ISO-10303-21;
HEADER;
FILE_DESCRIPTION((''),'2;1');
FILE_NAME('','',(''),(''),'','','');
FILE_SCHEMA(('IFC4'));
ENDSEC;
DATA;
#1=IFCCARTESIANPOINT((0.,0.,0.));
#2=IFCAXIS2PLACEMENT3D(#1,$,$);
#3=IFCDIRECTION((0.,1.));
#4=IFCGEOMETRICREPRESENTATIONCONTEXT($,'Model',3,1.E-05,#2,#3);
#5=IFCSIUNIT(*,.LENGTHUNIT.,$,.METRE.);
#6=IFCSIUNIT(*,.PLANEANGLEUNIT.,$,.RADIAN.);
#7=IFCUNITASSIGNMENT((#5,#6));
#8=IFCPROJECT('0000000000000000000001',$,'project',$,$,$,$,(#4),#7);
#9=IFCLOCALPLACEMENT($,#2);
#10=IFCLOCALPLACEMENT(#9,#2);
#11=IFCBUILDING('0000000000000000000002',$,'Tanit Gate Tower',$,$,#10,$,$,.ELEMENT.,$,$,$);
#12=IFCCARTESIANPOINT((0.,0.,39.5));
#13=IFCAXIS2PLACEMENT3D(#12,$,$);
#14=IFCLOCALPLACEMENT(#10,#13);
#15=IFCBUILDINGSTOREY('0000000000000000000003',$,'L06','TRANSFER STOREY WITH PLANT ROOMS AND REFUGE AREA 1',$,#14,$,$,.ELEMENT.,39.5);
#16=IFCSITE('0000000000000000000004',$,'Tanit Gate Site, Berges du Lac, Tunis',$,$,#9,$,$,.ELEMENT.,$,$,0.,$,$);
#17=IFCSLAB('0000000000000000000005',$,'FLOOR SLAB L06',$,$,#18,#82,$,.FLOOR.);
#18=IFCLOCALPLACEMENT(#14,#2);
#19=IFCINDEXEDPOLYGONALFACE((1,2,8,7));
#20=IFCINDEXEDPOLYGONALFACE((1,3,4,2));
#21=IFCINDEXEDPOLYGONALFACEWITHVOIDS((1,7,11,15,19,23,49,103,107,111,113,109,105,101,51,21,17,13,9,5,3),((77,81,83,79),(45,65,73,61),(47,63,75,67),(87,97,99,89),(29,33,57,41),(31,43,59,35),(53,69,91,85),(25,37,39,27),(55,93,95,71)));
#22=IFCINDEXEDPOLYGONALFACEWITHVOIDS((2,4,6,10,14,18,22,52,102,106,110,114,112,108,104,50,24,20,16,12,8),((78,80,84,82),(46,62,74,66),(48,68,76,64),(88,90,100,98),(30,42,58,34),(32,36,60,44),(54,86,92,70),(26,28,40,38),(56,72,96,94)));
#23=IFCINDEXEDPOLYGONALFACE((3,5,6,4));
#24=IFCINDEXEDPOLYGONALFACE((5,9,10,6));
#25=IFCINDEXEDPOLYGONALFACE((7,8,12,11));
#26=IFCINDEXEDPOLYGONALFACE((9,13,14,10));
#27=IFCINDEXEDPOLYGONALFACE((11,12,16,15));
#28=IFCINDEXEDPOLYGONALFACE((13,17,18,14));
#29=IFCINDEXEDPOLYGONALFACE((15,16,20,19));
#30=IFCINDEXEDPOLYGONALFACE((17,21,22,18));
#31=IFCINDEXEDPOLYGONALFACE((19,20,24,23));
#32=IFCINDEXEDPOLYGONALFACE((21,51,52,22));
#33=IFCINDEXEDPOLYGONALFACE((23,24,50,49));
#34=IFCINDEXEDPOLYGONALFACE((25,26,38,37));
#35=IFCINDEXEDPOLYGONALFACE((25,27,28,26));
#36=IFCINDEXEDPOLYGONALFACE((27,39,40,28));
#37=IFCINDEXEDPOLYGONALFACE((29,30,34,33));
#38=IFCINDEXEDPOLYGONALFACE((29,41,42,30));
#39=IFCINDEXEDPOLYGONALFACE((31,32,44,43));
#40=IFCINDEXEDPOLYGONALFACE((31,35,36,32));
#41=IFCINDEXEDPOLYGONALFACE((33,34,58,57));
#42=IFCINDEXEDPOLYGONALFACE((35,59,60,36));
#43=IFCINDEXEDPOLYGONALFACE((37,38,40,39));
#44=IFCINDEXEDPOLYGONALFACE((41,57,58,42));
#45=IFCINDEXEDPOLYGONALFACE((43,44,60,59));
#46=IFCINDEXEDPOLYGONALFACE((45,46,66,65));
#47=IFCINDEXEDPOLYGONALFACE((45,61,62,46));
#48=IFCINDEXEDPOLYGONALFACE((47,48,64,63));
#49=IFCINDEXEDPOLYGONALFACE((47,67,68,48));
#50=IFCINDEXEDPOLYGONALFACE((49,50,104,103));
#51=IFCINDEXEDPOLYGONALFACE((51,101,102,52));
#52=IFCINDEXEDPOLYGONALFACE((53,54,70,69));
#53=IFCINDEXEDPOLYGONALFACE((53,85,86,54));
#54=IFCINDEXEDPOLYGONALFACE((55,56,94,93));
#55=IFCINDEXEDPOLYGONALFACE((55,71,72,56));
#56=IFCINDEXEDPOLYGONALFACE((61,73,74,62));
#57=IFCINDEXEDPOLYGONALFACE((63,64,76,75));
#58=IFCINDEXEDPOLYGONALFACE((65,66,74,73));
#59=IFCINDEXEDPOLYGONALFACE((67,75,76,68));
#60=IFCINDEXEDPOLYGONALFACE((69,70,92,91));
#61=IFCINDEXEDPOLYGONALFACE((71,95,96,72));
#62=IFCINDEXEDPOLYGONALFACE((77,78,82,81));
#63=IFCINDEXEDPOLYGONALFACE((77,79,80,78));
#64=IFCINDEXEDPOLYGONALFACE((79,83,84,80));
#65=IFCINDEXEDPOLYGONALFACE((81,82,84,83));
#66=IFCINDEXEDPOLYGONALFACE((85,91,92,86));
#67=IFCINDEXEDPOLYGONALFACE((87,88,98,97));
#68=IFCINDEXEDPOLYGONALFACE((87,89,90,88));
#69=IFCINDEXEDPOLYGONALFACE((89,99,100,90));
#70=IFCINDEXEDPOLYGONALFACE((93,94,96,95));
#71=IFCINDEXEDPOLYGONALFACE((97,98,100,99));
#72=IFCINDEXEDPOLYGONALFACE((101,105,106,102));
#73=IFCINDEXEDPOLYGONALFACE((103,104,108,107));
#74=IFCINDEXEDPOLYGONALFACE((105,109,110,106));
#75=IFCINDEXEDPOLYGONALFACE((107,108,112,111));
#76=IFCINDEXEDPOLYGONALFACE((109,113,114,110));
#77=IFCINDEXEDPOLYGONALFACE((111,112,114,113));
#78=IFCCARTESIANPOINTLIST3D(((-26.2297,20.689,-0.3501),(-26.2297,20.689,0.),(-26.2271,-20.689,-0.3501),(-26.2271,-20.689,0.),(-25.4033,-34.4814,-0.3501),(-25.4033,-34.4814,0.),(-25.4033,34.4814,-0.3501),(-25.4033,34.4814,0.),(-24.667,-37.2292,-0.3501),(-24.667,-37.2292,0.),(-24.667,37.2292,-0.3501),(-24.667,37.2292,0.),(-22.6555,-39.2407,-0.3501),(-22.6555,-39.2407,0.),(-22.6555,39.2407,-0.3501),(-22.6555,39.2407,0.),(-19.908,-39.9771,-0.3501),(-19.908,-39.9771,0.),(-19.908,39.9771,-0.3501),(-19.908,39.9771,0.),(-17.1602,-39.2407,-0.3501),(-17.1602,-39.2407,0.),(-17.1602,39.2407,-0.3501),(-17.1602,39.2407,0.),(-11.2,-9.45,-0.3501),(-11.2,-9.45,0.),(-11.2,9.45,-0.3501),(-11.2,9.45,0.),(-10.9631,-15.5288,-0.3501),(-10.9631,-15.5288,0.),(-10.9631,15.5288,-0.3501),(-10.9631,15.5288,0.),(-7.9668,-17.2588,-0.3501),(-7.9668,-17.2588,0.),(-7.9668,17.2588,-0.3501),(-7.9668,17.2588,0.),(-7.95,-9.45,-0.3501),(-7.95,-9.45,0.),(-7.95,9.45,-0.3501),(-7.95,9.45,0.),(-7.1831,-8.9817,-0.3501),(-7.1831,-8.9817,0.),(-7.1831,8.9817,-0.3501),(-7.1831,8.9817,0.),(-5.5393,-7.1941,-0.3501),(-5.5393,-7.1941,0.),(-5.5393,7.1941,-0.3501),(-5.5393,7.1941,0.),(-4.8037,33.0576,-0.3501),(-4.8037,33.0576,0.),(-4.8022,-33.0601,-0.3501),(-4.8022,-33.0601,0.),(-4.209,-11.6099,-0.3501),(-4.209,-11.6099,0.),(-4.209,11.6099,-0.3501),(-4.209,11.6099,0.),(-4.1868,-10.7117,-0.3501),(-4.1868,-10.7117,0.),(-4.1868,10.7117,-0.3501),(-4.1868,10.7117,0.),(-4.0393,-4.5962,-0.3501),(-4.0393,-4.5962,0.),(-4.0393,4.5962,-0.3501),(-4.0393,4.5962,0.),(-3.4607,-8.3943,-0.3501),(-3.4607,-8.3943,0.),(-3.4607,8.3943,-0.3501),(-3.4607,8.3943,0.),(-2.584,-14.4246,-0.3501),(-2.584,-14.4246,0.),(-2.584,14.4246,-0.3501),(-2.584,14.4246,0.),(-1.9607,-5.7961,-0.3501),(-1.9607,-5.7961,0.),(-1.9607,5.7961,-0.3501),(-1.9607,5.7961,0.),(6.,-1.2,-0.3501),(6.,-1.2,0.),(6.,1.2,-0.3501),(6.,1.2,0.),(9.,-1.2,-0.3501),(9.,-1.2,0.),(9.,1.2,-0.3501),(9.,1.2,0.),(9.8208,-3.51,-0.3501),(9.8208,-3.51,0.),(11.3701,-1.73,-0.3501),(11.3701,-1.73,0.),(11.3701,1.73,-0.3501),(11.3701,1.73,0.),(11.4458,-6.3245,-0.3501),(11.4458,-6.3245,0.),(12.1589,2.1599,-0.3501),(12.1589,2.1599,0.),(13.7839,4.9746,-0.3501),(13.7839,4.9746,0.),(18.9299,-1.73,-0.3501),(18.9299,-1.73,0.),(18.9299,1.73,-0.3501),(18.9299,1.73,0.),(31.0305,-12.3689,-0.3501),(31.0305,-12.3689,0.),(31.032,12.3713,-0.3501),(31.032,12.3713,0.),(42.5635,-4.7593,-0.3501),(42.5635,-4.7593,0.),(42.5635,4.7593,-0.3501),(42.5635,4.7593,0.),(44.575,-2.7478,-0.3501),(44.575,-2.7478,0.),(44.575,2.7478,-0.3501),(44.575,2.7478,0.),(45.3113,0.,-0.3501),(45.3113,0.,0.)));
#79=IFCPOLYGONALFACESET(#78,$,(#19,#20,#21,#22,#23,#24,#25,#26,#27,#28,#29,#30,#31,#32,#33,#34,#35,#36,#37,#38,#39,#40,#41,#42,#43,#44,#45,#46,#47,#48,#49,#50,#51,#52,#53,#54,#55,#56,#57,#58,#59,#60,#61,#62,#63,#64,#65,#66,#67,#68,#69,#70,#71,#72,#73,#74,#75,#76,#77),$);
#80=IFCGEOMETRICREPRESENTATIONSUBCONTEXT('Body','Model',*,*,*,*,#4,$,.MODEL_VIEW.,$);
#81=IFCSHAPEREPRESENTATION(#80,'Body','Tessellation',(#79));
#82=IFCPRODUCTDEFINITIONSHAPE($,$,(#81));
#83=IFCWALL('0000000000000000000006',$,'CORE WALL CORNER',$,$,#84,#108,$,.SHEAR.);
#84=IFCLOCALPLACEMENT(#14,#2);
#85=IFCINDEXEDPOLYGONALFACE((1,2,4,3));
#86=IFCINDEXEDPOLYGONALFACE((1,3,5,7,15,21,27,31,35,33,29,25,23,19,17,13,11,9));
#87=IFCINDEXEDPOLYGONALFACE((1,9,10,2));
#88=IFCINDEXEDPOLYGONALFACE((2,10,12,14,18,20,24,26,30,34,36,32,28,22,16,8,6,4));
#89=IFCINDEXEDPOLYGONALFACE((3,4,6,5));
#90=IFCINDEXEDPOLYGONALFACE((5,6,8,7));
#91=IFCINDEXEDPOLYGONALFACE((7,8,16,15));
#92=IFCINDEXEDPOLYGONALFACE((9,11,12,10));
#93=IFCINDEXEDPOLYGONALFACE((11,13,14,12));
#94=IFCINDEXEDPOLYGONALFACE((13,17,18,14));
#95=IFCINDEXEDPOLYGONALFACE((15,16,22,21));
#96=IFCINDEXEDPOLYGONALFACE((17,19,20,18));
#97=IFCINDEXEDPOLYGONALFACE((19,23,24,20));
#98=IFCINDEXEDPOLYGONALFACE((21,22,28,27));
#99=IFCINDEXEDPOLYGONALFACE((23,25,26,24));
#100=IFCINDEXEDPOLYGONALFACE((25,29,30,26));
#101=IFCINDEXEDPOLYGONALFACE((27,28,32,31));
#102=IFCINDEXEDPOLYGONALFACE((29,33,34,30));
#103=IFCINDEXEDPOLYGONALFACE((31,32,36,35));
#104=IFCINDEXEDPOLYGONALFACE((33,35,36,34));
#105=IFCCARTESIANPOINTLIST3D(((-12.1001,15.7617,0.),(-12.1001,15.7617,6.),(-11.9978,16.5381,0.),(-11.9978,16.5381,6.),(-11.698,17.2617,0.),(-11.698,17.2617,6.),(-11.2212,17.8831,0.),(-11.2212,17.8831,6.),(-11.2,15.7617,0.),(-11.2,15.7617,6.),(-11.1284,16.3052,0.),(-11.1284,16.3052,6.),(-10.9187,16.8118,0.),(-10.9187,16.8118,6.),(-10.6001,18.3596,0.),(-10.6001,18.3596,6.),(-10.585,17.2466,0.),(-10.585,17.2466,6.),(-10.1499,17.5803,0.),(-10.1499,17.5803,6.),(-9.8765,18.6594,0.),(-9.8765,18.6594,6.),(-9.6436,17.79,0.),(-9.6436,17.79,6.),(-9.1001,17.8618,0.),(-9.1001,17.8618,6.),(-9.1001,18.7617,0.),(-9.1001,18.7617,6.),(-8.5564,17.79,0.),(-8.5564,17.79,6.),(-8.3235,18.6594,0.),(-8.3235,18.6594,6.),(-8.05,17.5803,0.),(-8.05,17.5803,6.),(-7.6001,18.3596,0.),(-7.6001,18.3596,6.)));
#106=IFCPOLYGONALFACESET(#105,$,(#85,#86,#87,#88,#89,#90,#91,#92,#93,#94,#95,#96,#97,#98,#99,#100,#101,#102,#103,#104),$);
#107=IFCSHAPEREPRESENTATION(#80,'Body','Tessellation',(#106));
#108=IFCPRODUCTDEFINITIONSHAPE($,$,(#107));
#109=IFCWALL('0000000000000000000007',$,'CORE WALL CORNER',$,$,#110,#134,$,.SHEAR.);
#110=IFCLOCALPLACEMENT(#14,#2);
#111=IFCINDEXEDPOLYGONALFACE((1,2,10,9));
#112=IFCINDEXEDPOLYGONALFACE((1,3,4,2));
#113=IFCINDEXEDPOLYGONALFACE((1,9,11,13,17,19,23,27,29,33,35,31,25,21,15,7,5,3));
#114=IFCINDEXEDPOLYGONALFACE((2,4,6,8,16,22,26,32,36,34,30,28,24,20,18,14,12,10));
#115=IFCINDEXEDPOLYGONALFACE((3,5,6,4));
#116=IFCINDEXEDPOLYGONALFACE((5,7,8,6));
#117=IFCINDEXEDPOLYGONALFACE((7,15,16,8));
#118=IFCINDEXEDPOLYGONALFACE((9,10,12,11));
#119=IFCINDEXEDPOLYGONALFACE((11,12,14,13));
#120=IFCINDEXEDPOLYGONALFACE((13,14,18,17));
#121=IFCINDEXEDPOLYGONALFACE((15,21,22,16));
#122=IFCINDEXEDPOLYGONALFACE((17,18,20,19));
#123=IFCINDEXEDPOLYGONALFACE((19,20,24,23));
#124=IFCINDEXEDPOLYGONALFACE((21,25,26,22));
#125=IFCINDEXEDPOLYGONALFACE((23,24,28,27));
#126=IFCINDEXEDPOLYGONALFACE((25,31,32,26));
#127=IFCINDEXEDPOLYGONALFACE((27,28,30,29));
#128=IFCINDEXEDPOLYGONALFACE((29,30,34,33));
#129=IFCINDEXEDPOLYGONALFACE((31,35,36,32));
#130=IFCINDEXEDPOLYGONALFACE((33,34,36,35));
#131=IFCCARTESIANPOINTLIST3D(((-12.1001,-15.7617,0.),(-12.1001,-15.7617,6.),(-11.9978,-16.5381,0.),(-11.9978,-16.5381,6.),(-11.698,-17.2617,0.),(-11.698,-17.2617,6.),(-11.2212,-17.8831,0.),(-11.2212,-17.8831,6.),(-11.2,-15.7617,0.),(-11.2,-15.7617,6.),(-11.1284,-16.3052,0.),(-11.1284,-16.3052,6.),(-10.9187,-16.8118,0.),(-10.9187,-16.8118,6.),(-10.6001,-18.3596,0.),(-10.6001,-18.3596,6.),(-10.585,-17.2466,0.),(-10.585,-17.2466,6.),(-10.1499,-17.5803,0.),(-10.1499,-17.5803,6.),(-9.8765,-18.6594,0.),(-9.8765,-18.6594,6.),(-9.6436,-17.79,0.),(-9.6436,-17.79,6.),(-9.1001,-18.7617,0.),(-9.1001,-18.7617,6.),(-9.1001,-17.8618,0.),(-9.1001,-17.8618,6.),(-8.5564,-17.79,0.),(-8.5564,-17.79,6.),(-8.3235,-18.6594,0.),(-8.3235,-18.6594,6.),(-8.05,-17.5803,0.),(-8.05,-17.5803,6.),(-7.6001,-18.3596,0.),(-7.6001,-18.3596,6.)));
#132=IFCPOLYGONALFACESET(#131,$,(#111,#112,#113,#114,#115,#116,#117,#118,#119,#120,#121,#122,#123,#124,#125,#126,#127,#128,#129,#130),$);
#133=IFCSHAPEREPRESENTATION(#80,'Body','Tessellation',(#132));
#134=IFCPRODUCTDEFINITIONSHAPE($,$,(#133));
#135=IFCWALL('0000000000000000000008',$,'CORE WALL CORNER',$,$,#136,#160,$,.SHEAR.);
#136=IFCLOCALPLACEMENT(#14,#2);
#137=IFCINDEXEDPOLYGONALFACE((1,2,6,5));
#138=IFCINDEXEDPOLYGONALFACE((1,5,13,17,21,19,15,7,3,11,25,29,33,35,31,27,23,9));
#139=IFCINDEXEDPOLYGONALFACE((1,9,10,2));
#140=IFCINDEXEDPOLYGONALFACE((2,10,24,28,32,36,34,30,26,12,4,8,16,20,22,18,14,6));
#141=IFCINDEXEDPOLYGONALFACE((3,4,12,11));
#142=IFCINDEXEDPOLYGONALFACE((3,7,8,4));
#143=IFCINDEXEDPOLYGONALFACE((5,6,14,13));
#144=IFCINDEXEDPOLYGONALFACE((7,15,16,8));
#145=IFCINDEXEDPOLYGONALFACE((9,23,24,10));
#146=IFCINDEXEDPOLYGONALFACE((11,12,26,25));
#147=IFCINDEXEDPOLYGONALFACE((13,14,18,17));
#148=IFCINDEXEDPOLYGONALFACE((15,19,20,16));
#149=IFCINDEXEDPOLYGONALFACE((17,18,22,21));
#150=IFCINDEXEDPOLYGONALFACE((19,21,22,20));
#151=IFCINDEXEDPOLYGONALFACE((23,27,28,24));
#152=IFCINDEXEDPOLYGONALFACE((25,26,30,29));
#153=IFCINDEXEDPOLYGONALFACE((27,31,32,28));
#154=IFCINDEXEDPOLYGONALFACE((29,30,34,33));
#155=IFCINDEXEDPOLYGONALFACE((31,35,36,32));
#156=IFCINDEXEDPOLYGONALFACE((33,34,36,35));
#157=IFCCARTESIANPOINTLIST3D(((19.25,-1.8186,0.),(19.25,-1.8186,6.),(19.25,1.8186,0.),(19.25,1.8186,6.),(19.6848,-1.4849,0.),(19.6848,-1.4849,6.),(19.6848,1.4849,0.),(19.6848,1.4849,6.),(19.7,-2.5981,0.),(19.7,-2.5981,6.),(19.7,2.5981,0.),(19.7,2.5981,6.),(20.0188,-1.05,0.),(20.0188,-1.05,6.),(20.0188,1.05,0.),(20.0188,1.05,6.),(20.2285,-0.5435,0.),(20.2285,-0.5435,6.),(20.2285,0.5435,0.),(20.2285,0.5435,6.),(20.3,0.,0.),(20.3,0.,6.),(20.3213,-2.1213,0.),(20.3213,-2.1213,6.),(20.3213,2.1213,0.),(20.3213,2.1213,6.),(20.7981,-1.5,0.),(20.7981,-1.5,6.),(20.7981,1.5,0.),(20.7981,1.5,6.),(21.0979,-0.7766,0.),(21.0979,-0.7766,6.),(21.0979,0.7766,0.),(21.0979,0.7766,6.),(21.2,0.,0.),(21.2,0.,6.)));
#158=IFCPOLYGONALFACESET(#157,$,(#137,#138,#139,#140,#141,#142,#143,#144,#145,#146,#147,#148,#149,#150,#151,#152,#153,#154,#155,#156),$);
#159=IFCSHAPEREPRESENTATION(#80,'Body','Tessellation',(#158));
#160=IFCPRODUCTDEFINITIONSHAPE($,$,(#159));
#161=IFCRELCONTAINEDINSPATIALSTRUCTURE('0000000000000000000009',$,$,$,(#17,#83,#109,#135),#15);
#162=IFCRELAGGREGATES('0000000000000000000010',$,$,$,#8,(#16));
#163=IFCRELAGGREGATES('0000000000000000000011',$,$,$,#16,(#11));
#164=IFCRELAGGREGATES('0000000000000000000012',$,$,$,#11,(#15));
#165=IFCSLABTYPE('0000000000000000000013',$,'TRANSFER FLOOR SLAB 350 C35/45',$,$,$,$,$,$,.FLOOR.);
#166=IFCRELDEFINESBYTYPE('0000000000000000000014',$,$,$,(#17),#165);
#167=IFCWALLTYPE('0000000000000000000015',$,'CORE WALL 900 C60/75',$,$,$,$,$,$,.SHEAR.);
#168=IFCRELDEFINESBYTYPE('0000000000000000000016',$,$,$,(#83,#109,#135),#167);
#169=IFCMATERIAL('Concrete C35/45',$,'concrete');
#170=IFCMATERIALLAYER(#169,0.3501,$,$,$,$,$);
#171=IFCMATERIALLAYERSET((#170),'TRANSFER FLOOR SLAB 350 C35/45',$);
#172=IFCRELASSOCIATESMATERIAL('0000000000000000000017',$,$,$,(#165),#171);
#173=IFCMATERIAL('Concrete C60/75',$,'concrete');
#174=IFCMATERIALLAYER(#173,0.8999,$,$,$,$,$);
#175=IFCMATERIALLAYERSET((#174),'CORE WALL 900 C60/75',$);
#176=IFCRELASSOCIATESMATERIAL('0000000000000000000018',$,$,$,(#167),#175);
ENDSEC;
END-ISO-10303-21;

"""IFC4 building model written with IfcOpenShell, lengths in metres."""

from ifc_helpers import new_model, si_unit, direction, frame, origin, place, context, subcontext, project, spatial, polyline, outline, extrude, material, layer, layer_set, type_object, element, save


model = new_model("IFC4")

# Units and contexts
model_context = context("Model", 3, precision=1e-05, world=origin(), true_north=direction((0.0, 1.0)))
body_context = subcontext(model_context, "Body", "Model", "MODEL_VIEW")
ifc_project = project(units=[si_unit("LENGTHUNIT", "METRE"), si_unit("PLANEANGLEUNIT", "RADIAN")], contexts=[model_context])

# Site, building, storey
site_placement = place(None, origin())
site = spatial("IfcSite", under=ifc_project, at=site_placement, Name="Tanit Gate Site, Berges du Lac, Tunis", CompositionType="ELEMENT", RefElevation=0.0)
building_placement = place(site_placement, origin())
building = spatial("IfcBuilding", under=site, at=building_placement, Name="Tanit Gate Tower", CompositionType="ELEMENT")
storey_placement = place(building_placement, frame((0.0, 0.0, 39.5)))
storey = spatial("IfcBuildingStorey", under=building, at=storey_placement, Name="L06", Description="TRANSFER STOREY WITH PLANT ROOMS AND REFUGE AREA 1", CompositionType="ELEMENT", Elevation=39.5)

# Slab
ifc_material_1 = material(Name="Concrete C35/45", Category="concrete")
ifc_layer_1 = layer(ifc_material_1, 0.3501)
ifc_layer_set_1 = layer_set([ifc_layer_1], Name="TRANSFER FLOOR SLAB 350 C35/45")
slab_type = type_object("IfcSlabType", Name="TRANSFER FLOOR SLAB 350 C35/45", PredefinedType="FLOOR", material=ifc_layer_set_1)
slab_placement = place(storey_placement, frame((0.0, 0.0, -0.3501)))
element("IfcSlab", 1, at=slab_placement, inside=storey, type_object=slab_type, Name="FLOOR SLAB L06", PredefinedType="FLOOR", context=body_context, shape_type="SweptSolid", body=[
    extrude(outline(polyline([(44.575, 2.7478), (45.3113, 0.0), (44.575, -2.7478), (42.5635, -4.7593), (31.0305, -12.3689), (-4.8022, -33.0601), (-17.1602, -39.2407), (-19.908, -39.9771), (-22.6555, -39.2407), (-24.667, -37.2292), (-25.4033, -34.4814), (-26.2271, -20.689), (-26.2297, 20.689), (-25.4033, 34.4814), (-24.667, 37.2292), (-22.6555, 39.2407), (-19.908, 39.9771), (-17.1602, 39.2407), (-4.8037, 33.0576), (31.032, 12.3713), (42.5635, 4.7593), (44.575, 2.7478)]), holes=[polyline([(11.3701, 1.73), (18.9299, 1.73), (18.9299, -1.73), (11.3701, -1.73), (11.3701, 1.73)]), polyline([(-4.209, 11.6099), (-2.584, 14.4246), (13.7839, 4.9746), (12.1589, 2.1599), (-4.209, 11.6099)]), polyline([(-4.209, -11.6099), (9.8208, -3.51), (11.4458, -6.3245), (-2.584, -14.4246), (-4.209, -11.6099)]), polyline([(9.0, 1.2), (9.0, -1.2), (6.0, -1.2), (6.0, 1.2), (9.0, 1.2)]), polyline([(-5.5393, 7.1941), (-3.4607, 8.3943), (-1.9607, 5.7961), (-4.0393, 4.5962), (-5.5393, 7.1941)]), polyline([(-1.9607, -5.7961), (-3.4607, -8.3943), (-5.5393, -7.1941), (-4.0393, -4.5962), (-1.9607, -5.7961)]), polyline([(-10.9631, 15.5288), (-7.9668, 17.2588), (-4.1868, 10.7117), (-7.1831, 8.9817), (-10.9631, 15.5288)]), polyline([(-4.1868, -10.7117), (-7.9668, -17.2588), (-10.9631, -15.5288), (-7.1831, -8.9817), (-4.1868, -10.7117)]), polyline([(-11.2, -9.45), (-11.2, 9.45), (-7.95, 9.45), (-7.95, -9.45), (-11.2, -9.45)])]), origin(), (0.0, 0.0, 1.0), 0.3501),
])

# Walls
ifc_material_2 = material(Name="Concrete C60/75", Category="concrete")
ifc_layer_2 = layer(ifc_material_2, 0.8999)
ifc_layer_set_2 = layer_set([ifc_layer_2], Name="CORE WALL 900 C60/75")
wall_type_1 = type_object("IfcWallType", Name="CORE WALL 900 C60/75", PredefinedType="SHEAR", material=ifc_layer_set_2)
wall_1_placement = place(storey_placement, origin())
element("IfcWall", 2, at=wall_1_placement, inside=storey, type_object=wall_type_1, Name="CORE WALL CORNER", PredefinedType="SHEAR", context=body_context, shape_type="SweptSolid", body=[
    extrude(outline(polyline([(-7.6001, 18.3596), (-8.3235, 18.6594), (-9.1001, 18.7617), (-9.8765, 18.6594), (-10.6001, 18.3596), (-11.2212, 17.8831), (-11.698, 17.2617), (-11.9978, 16.5381), (-12.1001, 15.7617), (-11.2, 15.7617), (-11.1284, 16.3052), (-10.9187, 16.8118), (-10.585, 17.2466), (-10.1499, 17.5803), (-9.6436, 17.79), (-9.1001, 17.8618), (-8.5564, 17.79), (-8.05, 17.5803), (-7.6001, 18.3596)])), origin(), (0.0, 0.0, 1.0), 6.0),
])
wall_2_placement = place(storey_placement, origin())
element("IfcWall", 3, at=wall_2_placement, inside=storey, type_object=wall_type_1, Name="CORE WALL CORNER", PredefinedType="SHEAR", context=body_context, shape_type="SweptSolid", body=[
    extrude(outline(polyline([(-12.1001, -15.7617), (-11.9978, -16.5381), (-11.698, -17.2617), (-11.2212, -17.8831), (-10.6001, -18.3596), (-9.8765, -18.6594), (-9.1001, -18.7617), (-8.3235, -18.6594), (-7.6001, -18.3596), (-8.05, -17.5803), (-8.5564, -17.79), (-9.1001, -17.8618), (-9.6436, -17.79), (-10.1499, -17.5803), (-10.585, -17.2466), (-10.9187, -16.8118), (-11.1284, -16.3052), (-11.2, -15.7617), (-12.1001, -15.7617)])), origin(), (0.0, 0.0, 1.0), 6.0),
])
wall_3_placement = place(storey_placement, origin())
element("IfcWall", 4, at=wall_3_placement, inside=storey, type_object=wall_type_1, Name="CORE WALL CORNER", PredefinedType="SHEAR", context=body_context, shape_type="SweptSolid", body=[
    extrude(outline(polyline([(19.7, -2.5981), (20.3213, -2.1213), (20.7981, -1.5), (21.0979, -0.7766), (21.2, 0.0), (21.0979, 0.7766), (20.7981, 1.5), (20.3213, 2.1213), (19.7, 2.5981), (19.25, 1.8186), (19.6848, 1.4849), (20.0188, 1.05), (20.2285, 0.5435), (20.3, 0.0), (20.2285, -0.5435), (20.0188, -1.05), (19.6848, -1.4849), (19.25, -1.8186), (19.7, -2.5981)])), origin(), (0.0, 0.0, 1.0), 6.0),
])

save(model, "model.ifc")
